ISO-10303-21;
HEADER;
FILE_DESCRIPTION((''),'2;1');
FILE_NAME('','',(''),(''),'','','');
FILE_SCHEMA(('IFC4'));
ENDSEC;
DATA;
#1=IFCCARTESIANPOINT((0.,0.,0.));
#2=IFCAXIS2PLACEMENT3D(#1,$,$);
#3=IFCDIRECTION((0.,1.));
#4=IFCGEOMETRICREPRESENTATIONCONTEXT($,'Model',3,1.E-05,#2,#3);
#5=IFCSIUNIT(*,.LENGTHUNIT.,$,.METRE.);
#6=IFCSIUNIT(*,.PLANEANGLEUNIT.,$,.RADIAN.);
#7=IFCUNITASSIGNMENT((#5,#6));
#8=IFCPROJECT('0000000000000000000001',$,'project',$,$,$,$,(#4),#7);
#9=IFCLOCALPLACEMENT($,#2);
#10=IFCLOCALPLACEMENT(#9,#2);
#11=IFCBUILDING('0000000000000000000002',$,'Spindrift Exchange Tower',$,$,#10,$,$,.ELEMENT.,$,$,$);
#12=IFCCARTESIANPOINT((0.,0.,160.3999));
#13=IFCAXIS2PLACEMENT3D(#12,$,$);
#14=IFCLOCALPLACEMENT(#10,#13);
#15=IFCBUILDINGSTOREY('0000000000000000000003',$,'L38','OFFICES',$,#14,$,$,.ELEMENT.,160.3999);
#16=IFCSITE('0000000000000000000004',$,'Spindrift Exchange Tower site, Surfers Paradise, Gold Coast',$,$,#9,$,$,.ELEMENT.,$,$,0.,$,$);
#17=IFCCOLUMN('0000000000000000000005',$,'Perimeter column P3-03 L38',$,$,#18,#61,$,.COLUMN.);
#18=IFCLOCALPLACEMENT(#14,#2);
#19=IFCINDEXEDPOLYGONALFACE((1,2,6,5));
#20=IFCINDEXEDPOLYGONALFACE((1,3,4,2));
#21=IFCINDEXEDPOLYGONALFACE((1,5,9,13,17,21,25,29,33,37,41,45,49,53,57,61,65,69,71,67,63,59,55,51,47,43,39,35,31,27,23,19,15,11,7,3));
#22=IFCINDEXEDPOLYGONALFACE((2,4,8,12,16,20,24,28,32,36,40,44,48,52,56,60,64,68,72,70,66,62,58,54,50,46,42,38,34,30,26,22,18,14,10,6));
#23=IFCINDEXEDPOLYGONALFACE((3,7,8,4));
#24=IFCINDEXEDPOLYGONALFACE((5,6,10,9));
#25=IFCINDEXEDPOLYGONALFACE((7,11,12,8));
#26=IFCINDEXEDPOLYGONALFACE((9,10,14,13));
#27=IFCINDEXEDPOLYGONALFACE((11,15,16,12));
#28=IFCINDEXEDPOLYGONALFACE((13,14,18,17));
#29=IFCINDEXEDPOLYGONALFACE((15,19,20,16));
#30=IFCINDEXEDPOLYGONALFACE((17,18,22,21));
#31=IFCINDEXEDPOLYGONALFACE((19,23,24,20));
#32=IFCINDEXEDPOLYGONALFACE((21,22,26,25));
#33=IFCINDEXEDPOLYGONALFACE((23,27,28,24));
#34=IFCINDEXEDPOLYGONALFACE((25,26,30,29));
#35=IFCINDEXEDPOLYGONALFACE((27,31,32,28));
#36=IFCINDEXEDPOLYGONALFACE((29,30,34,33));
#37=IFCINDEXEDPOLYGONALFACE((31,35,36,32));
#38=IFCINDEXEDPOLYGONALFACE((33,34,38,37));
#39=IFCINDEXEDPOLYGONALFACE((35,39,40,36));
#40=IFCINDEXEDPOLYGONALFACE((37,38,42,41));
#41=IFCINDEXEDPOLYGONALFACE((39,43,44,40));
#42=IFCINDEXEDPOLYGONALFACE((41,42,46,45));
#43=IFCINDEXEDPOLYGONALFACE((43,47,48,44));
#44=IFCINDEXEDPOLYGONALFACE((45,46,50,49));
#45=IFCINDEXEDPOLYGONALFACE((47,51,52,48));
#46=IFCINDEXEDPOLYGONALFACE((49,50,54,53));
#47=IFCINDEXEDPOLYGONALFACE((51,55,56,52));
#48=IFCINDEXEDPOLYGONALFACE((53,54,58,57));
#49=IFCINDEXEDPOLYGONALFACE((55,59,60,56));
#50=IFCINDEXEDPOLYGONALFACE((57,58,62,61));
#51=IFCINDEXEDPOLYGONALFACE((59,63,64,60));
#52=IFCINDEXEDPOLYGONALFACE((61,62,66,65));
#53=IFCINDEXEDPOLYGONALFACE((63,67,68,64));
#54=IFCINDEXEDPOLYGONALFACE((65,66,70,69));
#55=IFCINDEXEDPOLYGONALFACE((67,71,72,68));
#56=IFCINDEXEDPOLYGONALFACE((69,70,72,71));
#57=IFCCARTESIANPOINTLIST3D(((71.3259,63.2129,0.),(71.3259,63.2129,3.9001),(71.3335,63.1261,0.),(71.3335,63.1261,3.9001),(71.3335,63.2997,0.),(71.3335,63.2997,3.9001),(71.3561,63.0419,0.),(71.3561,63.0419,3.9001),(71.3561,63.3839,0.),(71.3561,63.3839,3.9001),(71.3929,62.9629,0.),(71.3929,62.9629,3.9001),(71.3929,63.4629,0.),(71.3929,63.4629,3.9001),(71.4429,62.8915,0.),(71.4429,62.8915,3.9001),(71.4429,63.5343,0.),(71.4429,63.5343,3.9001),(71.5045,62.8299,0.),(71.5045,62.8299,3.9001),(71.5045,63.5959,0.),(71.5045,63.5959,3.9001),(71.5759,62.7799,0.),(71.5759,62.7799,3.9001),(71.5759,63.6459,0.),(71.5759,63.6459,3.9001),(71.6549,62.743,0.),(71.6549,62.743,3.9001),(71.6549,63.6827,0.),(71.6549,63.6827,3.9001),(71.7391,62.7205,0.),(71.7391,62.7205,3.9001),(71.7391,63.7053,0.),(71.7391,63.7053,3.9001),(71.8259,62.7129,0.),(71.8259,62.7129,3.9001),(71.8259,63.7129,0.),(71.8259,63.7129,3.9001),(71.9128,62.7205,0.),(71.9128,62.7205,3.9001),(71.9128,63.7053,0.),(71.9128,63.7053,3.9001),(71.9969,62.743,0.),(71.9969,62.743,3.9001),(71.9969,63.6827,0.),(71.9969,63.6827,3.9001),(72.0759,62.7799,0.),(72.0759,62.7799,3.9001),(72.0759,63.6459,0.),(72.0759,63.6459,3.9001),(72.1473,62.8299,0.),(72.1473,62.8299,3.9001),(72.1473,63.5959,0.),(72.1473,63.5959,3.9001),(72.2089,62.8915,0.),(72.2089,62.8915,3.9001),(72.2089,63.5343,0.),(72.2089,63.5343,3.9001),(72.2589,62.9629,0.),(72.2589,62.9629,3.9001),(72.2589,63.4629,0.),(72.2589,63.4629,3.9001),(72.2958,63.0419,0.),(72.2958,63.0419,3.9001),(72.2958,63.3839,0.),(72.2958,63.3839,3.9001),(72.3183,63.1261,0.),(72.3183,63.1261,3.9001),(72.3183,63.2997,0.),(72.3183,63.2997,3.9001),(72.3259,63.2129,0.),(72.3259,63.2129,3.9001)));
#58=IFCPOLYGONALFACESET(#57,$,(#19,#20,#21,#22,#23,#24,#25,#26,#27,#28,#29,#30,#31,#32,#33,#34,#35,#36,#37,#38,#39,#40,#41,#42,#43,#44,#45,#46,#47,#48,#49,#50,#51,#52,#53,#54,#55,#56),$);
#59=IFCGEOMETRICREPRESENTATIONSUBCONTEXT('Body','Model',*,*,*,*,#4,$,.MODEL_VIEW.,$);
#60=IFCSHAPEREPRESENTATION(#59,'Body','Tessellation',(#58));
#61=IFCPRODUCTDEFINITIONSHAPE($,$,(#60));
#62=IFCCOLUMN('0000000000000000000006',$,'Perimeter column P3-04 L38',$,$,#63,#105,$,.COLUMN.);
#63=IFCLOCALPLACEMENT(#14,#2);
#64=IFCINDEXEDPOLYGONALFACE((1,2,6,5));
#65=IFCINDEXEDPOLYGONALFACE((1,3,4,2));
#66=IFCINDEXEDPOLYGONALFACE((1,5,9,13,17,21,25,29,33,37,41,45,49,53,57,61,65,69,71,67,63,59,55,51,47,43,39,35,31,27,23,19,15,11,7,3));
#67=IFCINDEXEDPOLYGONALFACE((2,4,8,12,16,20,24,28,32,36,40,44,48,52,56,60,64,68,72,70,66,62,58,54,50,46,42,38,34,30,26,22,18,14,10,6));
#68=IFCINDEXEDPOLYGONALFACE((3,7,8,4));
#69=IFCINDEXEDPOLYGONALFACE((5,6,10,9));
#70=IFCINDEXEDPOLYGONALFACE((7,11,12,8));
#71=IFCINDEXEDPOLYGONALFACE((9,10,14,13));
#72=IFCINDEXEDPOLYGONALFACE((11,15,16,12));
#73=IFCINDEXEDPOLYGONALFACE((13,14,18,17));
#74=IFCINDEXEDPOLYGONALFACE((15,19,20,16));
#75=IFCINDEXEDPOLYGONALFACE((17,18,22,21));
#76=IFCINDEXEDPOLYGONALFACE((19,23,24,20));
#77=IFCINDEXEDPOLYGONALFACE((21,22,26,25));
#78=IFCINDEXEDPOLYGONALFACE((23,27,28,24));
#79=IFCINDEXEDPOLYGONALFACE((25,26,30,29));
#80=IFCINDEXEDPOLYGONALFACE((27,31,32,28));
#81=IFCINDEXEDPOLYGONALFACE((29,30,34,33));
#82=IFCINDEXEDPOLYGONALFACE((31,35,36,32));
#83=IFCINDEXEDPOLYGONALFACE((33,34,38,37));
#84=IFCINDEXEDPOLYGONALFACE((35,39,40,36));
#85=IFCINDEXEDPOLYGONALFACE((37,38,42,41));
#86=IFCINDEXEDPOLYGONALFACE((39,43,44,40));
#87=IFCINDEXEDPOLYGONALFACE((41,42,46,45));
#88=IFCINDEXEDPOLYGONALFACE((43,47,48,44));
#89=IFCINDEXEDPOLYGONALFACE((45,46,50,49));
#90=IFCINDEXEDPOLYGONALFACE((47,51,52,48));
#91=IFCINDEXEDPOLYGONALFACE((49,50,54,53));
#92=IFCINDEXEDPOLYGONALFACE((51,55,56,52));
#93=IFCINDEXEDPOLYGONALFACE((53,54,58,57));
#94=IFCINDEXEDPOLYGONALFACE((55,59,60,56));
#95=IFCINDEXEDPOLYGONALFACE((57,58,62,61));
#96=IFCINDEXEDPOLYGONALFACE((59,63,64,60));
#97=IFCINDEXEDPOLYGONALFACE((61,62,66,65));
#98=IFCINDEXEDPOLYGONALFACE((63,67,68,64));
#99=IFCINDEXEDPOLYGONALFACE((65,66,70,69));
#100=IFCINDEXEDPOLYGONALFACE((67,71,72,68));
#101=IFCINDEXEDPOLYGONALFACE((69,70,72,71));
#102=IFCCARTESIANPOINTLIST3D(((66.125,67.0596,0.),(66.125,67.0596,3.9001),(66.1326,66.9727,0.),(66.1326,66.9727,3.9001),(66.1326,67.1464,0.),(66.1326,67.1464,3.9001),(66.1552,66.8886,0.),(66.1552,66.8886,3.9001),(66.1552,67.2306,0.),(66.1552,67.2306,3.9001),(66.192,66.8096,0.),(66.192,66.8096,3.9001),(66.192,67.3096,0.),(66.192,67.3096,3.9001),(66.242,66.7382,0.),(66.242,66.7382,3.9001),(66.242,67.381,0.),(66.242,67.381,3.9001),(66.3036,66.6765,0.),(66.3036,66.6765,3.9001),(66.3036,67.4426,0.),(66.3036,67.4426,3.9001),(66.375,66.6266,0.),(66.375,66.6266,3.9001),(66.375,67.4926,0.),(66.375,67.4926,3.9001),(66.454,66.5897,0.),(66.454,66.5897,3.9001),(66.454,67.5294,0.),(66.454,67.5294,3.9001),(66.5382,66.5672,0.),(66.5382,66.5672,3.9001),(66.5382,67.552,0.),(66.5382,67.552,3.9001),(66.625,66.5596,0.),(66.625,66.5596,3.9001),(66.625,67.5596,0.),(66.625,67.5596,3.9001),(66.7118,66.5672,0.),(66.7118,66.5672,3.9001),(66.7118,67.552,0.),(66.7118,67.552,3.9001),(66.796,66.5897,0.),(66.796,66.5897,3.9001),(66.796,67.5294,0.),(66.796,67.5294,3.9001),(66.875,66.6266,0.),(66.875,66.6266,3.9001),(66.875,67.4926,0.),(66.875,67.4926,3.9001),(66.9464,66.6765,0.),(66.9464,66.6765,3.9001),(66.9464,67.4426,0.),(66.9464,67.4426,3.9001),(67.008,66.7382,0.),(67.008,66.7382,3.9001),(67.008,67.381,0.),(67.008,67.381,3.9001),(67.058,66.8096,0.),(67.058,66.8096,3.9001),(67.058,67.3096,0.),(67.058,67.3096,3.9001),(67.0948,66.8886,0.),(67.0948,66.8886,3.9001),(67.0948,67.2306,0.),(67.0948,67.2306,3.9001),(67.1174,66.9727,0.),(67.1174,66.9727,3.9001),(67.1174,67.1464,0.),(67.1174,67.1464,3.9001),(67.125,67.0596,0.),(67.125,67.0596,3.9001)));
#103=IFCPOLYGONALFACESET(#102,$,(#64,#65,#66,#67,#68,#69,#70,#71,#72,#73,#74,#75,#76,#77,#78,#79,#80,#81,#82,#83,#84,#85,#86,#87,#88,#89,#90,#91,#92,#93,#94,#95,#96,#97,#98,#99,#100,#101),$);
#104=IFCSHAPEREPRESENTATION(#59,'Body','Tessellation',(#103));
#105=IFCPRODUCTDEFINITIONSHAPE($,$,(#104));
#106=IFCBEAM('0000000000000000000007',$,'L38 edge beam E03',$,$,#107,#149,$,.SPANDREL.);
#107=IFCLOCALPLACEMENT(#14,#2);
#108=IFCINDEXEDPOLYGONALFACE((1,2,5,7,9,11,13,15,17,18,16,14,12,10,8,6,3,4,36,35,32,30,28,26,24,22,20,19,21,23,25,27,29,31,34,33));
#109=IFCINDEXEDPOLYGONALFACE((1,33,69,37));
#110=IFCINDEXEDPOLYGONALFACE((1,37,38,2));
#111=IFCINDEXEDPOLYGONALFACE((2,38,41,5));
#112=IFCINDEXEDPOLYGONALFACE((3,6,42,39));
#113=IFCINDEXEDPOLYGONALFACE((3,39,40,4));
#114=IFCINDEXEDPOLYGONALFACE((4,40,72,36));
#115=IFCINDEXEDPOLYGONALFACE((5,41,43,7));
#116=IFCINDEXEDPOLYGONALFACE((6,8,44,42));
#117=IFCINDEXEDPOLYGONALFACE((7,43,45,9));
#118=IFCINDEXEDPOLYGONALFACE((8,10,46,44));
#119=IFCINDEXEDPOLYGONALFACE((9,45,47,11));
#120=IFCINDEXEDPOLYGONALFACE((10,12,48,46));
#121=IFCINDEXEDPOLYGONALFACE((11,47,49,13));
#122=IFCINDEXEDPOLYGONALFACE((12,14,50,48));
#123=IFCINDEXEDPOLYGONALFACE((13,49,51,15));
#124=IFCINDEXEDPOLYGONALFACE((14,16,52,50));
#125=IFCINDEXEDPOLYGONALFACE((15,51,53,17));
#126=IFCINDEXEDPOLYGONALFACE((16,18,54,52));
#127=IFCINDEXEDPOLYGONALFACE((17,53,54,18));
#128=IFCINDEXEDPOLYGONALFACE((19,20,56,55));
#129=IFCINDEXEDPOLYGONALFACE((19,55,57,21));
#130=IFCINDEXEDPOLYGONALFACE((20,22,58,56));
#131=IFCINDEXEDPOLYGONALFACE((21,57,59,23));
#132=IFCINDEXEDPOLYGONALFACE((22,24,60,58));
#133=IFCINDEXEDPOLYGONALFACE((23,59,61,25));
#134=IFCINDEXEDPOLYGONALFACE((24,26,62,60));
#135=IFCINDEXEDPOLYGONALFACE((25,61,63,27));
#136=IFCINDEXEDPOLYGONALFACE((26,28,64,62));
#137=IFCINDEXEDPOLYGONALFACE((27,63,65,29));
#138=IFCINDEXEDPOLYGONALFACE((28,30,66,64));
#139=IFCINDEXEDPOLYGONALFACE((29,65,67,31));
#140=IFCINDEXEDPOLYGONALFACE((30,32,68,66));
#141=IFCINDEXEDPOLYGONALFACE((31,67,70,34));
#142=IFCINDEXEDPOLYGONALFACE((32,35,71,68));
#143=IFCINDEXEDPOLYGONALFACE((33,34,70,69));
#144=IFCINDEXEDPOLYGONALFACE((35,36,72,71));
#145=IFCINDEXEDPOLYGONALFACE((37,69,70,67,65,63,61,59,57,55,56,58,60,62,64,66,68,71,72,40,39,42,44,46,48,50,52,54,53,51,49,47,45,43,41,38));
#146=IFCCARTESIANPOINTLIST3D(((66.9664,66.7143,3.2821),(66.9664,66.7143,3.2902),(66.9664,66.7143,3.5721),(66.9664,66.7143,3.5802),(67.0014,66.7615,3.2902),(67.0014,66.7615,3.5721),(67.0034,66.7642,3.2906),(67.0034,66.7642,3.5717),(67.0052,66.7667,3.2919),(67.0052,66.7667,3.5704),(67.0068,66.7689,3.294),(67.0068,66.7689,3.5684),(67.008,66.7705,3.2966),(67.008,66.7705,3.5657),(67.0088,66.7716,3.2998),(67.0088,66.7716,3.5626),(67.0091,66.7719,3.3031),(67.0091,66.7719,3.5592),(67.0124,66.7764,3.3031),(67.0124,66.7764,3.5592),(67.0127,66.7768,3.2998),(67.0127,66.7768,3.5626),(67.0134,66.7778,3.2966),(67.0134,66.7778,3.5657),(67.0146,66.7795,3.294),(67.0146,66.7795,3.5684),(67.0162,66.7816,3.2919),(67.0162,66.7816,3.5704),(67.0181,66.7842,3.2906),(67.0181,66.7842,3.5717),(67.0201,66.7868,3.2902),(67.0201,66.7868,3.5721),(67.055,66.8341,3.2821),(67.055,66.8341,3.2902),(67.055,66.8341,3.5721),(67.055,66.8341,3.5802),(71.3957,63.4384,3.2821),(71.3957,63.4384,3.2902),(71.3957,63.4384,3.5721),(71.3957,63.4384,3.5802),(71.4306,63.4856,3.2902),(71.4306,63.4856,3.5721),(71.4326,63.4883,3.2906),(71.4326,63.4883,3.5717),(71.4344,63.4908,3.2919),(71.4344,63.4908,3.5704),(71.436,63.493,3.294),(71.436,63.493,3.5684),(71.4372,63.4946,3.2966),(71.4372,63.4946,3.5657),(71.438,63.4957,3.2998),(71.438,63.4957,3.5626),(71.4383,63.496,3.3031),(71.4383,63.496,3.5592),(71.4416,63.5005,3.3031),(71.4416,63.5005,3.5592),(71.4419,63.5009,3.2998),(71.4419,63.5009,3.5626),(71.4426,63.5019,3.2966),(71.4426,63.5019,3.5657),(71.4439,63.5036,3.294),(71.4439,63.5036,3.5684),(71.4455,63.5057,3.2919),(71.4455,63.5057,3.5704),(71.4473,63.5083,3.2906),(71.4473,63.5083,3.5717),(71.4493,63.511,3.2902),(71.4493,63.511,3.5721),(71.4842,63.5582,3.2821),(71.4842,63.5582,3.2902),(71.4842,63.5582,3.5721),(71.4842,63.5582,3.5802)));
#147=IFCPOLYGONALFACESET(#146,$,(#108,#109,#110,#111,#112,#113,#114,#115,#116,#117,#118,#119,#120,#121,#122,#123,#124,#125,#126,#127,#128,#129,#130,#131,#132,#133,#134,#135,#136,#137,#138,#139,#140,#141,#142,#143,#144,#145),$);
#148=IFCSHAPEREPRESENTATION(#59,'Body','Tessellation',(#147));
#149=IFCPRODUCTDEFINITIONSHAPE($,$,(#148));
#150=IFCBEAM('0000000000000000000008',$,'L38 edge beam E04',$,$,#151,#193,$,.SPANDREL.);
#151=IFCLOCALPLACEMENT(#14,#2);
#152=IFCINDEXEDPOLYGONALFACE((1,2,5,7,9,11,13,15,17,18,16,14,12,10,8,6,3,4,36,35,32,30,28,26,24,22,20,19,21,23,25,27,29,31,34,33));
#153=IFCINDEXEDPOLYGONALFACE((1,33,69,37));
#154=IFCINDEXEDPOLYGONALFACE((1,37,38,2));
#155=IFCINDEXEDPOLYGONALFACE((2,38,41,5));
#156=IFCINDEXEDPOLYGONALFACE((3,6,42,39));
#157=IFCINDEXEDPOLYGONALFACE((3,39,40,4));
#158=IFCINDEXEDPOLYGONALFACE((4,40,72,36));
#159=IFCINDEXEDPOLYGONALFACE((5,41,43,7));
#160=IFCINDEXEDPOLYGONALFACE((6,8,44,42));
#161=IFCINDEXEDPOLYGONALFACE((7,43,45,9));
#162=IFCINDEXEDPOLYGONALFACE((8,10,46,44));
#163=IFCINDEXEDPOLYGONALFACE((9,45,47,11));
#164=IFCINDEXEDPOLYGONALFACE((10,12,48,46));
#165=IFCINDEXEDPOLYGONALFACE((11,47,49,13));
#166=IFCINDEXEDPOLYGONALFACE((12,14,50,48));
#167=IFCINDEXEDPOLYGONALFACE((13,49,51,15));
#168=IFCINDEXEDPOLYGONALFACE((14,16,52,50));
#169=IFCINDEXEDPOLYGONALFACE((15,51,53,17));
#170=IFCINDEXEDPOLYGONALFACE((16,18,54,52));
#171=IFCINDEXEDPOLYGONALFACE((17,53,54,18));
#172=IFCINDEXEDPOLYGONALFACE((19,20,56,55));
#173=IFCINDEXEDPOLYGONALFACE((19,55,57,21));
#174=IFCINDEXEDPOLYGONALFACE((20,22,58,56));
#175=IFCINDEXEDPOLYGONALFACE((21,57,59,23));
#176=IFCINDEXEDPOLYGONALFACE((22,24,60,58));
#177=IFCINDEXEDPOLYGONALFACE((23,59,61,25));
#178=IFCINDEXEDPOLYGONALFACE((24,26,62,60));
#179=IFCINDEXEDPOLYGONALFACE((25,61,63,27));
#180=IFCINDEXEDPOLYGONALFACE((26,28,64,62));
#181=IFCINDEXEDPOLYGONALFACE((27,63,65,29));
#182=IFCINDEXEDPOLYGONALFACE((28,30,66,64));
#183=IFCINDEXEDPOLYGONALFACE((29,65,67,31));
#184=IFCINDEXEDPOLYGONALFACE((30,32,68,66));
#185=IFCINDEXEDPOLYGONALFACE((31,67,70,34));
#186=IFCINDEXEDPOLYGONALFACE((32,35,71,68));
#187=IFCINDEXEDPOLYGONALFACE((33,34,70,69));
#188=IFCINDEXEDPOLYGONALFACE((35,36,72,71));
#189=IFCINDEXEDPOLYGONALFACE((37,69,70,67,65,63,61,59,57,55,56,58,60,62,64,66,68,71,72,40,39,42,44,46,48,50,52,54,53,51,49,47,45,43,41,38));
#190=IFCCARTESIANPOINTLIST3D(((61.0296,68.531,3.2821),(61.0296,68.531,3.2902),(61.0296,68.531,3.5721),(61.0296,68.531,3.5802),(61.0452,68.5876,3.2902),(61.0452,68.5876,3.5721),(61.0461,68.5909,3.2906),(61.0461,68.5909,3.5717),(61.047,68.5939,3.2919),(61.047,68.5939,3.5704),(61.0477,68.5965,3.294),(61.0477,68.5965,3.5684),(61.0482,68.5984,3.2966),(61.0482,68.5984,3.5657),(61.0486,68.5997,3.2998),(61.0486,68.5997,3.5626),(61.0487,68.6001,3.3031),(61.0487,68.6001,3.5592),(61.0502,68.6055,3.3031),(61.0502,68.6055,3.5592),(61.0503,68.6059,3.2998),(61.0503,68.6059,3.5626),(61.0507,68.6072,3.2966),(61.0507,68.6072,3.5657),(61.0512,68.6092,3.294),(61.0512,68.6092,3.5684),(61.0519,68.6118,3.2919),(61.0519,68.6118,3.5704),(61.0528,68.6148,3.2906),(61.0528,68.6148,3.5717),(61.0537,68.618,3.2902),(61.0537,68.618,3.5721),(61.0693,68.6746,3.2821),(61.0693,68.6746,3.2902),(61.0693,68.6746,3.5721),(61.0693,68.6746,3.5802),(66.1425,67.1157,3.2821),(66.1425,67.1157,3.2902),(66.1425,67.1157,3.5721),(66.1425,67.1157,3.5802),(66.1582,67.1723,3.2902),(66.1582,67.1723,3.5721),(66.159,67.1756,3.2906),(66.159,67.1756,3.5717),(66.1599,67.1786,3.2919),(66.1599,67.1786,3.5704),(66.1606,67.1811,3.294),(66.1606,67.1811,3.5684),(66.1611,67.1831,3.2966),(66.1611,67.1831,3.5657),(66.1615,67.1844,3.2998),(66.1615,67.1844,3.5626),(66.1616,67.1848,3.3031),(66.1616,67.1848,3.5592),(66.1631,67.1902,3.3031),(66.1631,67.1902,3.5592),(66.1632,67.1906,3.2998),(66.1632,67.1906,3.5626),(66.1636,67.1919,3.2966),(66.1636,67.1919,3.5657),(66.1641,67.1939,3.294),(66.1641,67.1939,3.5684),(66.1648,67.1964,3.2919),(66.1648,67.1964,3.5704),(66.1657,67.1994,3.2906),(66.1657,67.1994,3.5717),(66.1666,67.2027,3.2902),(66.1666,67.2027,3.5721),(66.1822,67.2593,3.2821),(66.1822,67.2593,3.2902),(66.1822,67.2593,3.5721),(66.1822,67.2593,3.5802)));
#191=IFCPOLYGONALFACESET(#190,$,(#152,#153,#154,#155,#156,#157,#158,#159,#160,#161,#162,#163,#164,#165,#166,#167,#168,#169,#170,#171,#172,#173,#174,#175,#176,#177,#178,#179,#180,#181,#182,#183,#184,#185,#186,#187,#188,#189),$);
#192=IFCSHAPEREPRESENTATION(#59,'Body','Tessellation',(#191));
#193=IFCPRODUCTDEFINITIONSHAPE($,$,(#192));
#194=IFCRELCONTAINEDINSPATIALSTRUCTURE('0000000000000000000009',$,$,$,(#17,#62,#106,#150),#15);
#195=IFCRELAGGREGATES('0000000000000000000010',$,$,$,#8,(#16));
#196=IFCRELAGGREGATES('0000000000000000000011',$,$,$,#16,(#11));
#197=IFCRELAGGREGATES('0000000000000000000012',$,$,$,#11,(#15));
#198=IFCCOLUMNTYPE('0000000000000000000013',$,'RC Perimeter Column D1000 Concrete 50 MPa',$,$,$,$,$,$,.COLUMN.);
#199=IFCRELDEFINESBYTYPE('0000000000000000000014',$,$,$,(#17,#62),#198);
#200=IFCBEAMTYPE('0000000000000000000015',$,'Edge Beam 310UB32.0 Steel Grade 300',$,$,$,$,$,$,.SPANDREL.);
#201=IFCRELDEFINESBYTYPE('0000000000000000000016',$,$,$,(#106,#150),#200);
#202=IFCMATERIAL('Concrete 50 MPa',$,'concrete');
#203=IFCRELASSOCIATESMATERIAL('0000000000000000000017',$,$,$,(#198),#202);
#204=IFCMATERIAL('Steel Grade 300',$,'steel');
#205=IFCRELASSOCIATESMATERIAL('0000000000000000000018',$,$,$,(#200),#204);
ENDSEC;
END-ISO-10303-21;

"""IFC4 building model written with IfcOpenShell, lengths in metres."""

from ifc_helpers import new_model, si_unit, direction, frame, origin, origin_2d, place, context, subcontext, project, spatial, circle, i_section, extrude, source, transform, mapped, material, material_profile, profile_set, type_object, element, save


model = new_model("IFC4")

# Units and contexts
model_context = context("Model", 3, precision=1e-05, world=origin(), true_north=direction((0.0, 1.0)))
body_context = subcontext(model_context, "Body", "Model", "MODEL_VIEW")
ifc_project = project(units=[si_unit("LENGTHUNIT", "METRE"), si_unit("PLANEANGLEUNIT", "RADIAN")], contexts=[model_context])

# Site, building, storey
site_placement = place(None, origin())
site = spatial("IfcSite", under=ifc_project, at=site_placement, Name="Spindrift Exchange Tower site, Surfers Paradise, Gold Coast", CompositionType="ELEMENT", RefElevation=0.0)
building_placement = place(site_placement, origin())
building = spatial("IfcBuilding", under=site, at=building_placement, Name="Spindrift Exchange Tower", CompositionType="ELEMENT")
storey_placement = place(building_placement, frame((0.0, 0.0, 160.3999)))
storey = spatial("IfcBuildingStorey", under=building, at=storey_placement, Name="L38", Description="OFFICES", CompositionType="ELEMENT", Elevation=160.3999)

# Columns
ifc_material_1 = material(Name="Concrete 50 MPa", Category="concrete")
ifc_material_profile_1 = material_profile(ifc_material_1, circle(Radius=0.5, at=origin_2d()), Name="RC D1000")
ifc_profile_set_1 = profile_set([ifc_material_profile_1], Name="Concrete 50 MPa")
column_type = type_object("IfcColumnType", Name="RC Perimeter Column D1000 Concrete 50 MPa", PredefinedType="COLUMN", material=ifc_profile_set_1)
shared_shape_1 = source(origin(), body_context, "Body", "SweptSolid", [
    extrude(circle(Radius=0.5, at=origin_2d()), origin(), (0.0, 0.0, 1.0), 3.9001),
])
for number, where, z_axis, x_axis, name in (
    (1, (71.8259, 63.2129, 0.0), (0.0, 0.0, 1.0), (1.0, 0.0, 0.0), "Perimeter column P3-03 L38"),
    (2, (66.625, 67.0596, 0.0), (0.0, 0.0, 1.0), (1.0, 0.0, 0.0), "Perimeter column P3-04 L38"),
):
    element("IfcColumn", number, at=place(storey_placement, frame(where, z_axis=z_axis, x_axis=x_axis)), inside=storey, type_object=column_type, Name=name, PredefinedType="COLUMN", context=body_context, shape_type="MappedRepresentation", body=[
        mapped(shared_shape_1, transform((0.0, 0.0, 0.0), scale=1.0)),
    ])

# Beams
ifc_material_2 = material(Name="Steel Grade 300", Category="steel")
ifc_material_profile_2 = material_profile(ifc_material_2, i_section(OverallWidth=0.1489, OverallDepth=0.2981, WebThickness=0.0056, FlangeThickness=0.0081, FilletRadius=0.0129, at=origin_2d()), Name="310UB32.0")
ifc_profile_set_2 = profile_set([ifc_material_profile_2], Name="Steel Grade 300")
beam_type_1 = type_object("IfcBeamType", Name="Edge Beam 310UB32.0 Steel Grade 300", PredefinedType="SPANDREL", material=ifc_profile_set_2)
shared_shape_2 = source(origin(), body_context, "Body", "SweptSolid", [
    extrude(i_section(OverallWidth=0.1489, OverallDepth=0.2981, WebThickness=0.0056, FlangeThickness=0.0081, FilletRadius=0.0129, at=origin_2d()), origin(), (0.0, 0.0, 1.0), 5.509),
])
beam_1_placement = place(storey_placement, frame((71.4399, 63.4983, 3.4312), z_axis=(-0.803992, 0.59464, 0.0), x_axis=(-0.59464, -0.803992, 0.0)))
element("IfcBeam", 3, at=beam_1_placement, inside=storey, type_object=beam_type_1, Name="L38 edge beam E03", PredefinedType="SPANDREL", context=body_context, shape_type="MappedRepresentation", body=[
    mapped(shared_shape_2, transform((0.0, 0.0, 0.0), scale=1.0)),
])
shared_shape_3 = source(origin(), body_context, "Body", "SweptSolid", [
    extrude(i_section(OverallWidth=0.1489, OverallDepth=0.2981, WebThickness=0.0056, FlangeThickness=0.0081, FilletRadius=0.0129, at=origin_2d()), origin(), (0.0, 0.0, 1.0), 5.3052),
])
beam_2_placement = place(storey_placement, frame((66.1624, 67.1875, 3.4312), z_axis=(-0.963758, 0.26678, 0.0), x_axis=(-0.26678, -0.963758, 0.0)))
element("IfcBeam", 4, at=beam_2_placement, inside=storey, type_object=beam_type_1, Name="L38 edge beam E04", PredefinedType="SPANDREL", context=body_context, shape_type="MappedRepresentation", body=[
    mapped(shared_shape_3, transform((0.0, 0.0, 0.0), scale=1.0)),
])

save(model, "model.ifc")
